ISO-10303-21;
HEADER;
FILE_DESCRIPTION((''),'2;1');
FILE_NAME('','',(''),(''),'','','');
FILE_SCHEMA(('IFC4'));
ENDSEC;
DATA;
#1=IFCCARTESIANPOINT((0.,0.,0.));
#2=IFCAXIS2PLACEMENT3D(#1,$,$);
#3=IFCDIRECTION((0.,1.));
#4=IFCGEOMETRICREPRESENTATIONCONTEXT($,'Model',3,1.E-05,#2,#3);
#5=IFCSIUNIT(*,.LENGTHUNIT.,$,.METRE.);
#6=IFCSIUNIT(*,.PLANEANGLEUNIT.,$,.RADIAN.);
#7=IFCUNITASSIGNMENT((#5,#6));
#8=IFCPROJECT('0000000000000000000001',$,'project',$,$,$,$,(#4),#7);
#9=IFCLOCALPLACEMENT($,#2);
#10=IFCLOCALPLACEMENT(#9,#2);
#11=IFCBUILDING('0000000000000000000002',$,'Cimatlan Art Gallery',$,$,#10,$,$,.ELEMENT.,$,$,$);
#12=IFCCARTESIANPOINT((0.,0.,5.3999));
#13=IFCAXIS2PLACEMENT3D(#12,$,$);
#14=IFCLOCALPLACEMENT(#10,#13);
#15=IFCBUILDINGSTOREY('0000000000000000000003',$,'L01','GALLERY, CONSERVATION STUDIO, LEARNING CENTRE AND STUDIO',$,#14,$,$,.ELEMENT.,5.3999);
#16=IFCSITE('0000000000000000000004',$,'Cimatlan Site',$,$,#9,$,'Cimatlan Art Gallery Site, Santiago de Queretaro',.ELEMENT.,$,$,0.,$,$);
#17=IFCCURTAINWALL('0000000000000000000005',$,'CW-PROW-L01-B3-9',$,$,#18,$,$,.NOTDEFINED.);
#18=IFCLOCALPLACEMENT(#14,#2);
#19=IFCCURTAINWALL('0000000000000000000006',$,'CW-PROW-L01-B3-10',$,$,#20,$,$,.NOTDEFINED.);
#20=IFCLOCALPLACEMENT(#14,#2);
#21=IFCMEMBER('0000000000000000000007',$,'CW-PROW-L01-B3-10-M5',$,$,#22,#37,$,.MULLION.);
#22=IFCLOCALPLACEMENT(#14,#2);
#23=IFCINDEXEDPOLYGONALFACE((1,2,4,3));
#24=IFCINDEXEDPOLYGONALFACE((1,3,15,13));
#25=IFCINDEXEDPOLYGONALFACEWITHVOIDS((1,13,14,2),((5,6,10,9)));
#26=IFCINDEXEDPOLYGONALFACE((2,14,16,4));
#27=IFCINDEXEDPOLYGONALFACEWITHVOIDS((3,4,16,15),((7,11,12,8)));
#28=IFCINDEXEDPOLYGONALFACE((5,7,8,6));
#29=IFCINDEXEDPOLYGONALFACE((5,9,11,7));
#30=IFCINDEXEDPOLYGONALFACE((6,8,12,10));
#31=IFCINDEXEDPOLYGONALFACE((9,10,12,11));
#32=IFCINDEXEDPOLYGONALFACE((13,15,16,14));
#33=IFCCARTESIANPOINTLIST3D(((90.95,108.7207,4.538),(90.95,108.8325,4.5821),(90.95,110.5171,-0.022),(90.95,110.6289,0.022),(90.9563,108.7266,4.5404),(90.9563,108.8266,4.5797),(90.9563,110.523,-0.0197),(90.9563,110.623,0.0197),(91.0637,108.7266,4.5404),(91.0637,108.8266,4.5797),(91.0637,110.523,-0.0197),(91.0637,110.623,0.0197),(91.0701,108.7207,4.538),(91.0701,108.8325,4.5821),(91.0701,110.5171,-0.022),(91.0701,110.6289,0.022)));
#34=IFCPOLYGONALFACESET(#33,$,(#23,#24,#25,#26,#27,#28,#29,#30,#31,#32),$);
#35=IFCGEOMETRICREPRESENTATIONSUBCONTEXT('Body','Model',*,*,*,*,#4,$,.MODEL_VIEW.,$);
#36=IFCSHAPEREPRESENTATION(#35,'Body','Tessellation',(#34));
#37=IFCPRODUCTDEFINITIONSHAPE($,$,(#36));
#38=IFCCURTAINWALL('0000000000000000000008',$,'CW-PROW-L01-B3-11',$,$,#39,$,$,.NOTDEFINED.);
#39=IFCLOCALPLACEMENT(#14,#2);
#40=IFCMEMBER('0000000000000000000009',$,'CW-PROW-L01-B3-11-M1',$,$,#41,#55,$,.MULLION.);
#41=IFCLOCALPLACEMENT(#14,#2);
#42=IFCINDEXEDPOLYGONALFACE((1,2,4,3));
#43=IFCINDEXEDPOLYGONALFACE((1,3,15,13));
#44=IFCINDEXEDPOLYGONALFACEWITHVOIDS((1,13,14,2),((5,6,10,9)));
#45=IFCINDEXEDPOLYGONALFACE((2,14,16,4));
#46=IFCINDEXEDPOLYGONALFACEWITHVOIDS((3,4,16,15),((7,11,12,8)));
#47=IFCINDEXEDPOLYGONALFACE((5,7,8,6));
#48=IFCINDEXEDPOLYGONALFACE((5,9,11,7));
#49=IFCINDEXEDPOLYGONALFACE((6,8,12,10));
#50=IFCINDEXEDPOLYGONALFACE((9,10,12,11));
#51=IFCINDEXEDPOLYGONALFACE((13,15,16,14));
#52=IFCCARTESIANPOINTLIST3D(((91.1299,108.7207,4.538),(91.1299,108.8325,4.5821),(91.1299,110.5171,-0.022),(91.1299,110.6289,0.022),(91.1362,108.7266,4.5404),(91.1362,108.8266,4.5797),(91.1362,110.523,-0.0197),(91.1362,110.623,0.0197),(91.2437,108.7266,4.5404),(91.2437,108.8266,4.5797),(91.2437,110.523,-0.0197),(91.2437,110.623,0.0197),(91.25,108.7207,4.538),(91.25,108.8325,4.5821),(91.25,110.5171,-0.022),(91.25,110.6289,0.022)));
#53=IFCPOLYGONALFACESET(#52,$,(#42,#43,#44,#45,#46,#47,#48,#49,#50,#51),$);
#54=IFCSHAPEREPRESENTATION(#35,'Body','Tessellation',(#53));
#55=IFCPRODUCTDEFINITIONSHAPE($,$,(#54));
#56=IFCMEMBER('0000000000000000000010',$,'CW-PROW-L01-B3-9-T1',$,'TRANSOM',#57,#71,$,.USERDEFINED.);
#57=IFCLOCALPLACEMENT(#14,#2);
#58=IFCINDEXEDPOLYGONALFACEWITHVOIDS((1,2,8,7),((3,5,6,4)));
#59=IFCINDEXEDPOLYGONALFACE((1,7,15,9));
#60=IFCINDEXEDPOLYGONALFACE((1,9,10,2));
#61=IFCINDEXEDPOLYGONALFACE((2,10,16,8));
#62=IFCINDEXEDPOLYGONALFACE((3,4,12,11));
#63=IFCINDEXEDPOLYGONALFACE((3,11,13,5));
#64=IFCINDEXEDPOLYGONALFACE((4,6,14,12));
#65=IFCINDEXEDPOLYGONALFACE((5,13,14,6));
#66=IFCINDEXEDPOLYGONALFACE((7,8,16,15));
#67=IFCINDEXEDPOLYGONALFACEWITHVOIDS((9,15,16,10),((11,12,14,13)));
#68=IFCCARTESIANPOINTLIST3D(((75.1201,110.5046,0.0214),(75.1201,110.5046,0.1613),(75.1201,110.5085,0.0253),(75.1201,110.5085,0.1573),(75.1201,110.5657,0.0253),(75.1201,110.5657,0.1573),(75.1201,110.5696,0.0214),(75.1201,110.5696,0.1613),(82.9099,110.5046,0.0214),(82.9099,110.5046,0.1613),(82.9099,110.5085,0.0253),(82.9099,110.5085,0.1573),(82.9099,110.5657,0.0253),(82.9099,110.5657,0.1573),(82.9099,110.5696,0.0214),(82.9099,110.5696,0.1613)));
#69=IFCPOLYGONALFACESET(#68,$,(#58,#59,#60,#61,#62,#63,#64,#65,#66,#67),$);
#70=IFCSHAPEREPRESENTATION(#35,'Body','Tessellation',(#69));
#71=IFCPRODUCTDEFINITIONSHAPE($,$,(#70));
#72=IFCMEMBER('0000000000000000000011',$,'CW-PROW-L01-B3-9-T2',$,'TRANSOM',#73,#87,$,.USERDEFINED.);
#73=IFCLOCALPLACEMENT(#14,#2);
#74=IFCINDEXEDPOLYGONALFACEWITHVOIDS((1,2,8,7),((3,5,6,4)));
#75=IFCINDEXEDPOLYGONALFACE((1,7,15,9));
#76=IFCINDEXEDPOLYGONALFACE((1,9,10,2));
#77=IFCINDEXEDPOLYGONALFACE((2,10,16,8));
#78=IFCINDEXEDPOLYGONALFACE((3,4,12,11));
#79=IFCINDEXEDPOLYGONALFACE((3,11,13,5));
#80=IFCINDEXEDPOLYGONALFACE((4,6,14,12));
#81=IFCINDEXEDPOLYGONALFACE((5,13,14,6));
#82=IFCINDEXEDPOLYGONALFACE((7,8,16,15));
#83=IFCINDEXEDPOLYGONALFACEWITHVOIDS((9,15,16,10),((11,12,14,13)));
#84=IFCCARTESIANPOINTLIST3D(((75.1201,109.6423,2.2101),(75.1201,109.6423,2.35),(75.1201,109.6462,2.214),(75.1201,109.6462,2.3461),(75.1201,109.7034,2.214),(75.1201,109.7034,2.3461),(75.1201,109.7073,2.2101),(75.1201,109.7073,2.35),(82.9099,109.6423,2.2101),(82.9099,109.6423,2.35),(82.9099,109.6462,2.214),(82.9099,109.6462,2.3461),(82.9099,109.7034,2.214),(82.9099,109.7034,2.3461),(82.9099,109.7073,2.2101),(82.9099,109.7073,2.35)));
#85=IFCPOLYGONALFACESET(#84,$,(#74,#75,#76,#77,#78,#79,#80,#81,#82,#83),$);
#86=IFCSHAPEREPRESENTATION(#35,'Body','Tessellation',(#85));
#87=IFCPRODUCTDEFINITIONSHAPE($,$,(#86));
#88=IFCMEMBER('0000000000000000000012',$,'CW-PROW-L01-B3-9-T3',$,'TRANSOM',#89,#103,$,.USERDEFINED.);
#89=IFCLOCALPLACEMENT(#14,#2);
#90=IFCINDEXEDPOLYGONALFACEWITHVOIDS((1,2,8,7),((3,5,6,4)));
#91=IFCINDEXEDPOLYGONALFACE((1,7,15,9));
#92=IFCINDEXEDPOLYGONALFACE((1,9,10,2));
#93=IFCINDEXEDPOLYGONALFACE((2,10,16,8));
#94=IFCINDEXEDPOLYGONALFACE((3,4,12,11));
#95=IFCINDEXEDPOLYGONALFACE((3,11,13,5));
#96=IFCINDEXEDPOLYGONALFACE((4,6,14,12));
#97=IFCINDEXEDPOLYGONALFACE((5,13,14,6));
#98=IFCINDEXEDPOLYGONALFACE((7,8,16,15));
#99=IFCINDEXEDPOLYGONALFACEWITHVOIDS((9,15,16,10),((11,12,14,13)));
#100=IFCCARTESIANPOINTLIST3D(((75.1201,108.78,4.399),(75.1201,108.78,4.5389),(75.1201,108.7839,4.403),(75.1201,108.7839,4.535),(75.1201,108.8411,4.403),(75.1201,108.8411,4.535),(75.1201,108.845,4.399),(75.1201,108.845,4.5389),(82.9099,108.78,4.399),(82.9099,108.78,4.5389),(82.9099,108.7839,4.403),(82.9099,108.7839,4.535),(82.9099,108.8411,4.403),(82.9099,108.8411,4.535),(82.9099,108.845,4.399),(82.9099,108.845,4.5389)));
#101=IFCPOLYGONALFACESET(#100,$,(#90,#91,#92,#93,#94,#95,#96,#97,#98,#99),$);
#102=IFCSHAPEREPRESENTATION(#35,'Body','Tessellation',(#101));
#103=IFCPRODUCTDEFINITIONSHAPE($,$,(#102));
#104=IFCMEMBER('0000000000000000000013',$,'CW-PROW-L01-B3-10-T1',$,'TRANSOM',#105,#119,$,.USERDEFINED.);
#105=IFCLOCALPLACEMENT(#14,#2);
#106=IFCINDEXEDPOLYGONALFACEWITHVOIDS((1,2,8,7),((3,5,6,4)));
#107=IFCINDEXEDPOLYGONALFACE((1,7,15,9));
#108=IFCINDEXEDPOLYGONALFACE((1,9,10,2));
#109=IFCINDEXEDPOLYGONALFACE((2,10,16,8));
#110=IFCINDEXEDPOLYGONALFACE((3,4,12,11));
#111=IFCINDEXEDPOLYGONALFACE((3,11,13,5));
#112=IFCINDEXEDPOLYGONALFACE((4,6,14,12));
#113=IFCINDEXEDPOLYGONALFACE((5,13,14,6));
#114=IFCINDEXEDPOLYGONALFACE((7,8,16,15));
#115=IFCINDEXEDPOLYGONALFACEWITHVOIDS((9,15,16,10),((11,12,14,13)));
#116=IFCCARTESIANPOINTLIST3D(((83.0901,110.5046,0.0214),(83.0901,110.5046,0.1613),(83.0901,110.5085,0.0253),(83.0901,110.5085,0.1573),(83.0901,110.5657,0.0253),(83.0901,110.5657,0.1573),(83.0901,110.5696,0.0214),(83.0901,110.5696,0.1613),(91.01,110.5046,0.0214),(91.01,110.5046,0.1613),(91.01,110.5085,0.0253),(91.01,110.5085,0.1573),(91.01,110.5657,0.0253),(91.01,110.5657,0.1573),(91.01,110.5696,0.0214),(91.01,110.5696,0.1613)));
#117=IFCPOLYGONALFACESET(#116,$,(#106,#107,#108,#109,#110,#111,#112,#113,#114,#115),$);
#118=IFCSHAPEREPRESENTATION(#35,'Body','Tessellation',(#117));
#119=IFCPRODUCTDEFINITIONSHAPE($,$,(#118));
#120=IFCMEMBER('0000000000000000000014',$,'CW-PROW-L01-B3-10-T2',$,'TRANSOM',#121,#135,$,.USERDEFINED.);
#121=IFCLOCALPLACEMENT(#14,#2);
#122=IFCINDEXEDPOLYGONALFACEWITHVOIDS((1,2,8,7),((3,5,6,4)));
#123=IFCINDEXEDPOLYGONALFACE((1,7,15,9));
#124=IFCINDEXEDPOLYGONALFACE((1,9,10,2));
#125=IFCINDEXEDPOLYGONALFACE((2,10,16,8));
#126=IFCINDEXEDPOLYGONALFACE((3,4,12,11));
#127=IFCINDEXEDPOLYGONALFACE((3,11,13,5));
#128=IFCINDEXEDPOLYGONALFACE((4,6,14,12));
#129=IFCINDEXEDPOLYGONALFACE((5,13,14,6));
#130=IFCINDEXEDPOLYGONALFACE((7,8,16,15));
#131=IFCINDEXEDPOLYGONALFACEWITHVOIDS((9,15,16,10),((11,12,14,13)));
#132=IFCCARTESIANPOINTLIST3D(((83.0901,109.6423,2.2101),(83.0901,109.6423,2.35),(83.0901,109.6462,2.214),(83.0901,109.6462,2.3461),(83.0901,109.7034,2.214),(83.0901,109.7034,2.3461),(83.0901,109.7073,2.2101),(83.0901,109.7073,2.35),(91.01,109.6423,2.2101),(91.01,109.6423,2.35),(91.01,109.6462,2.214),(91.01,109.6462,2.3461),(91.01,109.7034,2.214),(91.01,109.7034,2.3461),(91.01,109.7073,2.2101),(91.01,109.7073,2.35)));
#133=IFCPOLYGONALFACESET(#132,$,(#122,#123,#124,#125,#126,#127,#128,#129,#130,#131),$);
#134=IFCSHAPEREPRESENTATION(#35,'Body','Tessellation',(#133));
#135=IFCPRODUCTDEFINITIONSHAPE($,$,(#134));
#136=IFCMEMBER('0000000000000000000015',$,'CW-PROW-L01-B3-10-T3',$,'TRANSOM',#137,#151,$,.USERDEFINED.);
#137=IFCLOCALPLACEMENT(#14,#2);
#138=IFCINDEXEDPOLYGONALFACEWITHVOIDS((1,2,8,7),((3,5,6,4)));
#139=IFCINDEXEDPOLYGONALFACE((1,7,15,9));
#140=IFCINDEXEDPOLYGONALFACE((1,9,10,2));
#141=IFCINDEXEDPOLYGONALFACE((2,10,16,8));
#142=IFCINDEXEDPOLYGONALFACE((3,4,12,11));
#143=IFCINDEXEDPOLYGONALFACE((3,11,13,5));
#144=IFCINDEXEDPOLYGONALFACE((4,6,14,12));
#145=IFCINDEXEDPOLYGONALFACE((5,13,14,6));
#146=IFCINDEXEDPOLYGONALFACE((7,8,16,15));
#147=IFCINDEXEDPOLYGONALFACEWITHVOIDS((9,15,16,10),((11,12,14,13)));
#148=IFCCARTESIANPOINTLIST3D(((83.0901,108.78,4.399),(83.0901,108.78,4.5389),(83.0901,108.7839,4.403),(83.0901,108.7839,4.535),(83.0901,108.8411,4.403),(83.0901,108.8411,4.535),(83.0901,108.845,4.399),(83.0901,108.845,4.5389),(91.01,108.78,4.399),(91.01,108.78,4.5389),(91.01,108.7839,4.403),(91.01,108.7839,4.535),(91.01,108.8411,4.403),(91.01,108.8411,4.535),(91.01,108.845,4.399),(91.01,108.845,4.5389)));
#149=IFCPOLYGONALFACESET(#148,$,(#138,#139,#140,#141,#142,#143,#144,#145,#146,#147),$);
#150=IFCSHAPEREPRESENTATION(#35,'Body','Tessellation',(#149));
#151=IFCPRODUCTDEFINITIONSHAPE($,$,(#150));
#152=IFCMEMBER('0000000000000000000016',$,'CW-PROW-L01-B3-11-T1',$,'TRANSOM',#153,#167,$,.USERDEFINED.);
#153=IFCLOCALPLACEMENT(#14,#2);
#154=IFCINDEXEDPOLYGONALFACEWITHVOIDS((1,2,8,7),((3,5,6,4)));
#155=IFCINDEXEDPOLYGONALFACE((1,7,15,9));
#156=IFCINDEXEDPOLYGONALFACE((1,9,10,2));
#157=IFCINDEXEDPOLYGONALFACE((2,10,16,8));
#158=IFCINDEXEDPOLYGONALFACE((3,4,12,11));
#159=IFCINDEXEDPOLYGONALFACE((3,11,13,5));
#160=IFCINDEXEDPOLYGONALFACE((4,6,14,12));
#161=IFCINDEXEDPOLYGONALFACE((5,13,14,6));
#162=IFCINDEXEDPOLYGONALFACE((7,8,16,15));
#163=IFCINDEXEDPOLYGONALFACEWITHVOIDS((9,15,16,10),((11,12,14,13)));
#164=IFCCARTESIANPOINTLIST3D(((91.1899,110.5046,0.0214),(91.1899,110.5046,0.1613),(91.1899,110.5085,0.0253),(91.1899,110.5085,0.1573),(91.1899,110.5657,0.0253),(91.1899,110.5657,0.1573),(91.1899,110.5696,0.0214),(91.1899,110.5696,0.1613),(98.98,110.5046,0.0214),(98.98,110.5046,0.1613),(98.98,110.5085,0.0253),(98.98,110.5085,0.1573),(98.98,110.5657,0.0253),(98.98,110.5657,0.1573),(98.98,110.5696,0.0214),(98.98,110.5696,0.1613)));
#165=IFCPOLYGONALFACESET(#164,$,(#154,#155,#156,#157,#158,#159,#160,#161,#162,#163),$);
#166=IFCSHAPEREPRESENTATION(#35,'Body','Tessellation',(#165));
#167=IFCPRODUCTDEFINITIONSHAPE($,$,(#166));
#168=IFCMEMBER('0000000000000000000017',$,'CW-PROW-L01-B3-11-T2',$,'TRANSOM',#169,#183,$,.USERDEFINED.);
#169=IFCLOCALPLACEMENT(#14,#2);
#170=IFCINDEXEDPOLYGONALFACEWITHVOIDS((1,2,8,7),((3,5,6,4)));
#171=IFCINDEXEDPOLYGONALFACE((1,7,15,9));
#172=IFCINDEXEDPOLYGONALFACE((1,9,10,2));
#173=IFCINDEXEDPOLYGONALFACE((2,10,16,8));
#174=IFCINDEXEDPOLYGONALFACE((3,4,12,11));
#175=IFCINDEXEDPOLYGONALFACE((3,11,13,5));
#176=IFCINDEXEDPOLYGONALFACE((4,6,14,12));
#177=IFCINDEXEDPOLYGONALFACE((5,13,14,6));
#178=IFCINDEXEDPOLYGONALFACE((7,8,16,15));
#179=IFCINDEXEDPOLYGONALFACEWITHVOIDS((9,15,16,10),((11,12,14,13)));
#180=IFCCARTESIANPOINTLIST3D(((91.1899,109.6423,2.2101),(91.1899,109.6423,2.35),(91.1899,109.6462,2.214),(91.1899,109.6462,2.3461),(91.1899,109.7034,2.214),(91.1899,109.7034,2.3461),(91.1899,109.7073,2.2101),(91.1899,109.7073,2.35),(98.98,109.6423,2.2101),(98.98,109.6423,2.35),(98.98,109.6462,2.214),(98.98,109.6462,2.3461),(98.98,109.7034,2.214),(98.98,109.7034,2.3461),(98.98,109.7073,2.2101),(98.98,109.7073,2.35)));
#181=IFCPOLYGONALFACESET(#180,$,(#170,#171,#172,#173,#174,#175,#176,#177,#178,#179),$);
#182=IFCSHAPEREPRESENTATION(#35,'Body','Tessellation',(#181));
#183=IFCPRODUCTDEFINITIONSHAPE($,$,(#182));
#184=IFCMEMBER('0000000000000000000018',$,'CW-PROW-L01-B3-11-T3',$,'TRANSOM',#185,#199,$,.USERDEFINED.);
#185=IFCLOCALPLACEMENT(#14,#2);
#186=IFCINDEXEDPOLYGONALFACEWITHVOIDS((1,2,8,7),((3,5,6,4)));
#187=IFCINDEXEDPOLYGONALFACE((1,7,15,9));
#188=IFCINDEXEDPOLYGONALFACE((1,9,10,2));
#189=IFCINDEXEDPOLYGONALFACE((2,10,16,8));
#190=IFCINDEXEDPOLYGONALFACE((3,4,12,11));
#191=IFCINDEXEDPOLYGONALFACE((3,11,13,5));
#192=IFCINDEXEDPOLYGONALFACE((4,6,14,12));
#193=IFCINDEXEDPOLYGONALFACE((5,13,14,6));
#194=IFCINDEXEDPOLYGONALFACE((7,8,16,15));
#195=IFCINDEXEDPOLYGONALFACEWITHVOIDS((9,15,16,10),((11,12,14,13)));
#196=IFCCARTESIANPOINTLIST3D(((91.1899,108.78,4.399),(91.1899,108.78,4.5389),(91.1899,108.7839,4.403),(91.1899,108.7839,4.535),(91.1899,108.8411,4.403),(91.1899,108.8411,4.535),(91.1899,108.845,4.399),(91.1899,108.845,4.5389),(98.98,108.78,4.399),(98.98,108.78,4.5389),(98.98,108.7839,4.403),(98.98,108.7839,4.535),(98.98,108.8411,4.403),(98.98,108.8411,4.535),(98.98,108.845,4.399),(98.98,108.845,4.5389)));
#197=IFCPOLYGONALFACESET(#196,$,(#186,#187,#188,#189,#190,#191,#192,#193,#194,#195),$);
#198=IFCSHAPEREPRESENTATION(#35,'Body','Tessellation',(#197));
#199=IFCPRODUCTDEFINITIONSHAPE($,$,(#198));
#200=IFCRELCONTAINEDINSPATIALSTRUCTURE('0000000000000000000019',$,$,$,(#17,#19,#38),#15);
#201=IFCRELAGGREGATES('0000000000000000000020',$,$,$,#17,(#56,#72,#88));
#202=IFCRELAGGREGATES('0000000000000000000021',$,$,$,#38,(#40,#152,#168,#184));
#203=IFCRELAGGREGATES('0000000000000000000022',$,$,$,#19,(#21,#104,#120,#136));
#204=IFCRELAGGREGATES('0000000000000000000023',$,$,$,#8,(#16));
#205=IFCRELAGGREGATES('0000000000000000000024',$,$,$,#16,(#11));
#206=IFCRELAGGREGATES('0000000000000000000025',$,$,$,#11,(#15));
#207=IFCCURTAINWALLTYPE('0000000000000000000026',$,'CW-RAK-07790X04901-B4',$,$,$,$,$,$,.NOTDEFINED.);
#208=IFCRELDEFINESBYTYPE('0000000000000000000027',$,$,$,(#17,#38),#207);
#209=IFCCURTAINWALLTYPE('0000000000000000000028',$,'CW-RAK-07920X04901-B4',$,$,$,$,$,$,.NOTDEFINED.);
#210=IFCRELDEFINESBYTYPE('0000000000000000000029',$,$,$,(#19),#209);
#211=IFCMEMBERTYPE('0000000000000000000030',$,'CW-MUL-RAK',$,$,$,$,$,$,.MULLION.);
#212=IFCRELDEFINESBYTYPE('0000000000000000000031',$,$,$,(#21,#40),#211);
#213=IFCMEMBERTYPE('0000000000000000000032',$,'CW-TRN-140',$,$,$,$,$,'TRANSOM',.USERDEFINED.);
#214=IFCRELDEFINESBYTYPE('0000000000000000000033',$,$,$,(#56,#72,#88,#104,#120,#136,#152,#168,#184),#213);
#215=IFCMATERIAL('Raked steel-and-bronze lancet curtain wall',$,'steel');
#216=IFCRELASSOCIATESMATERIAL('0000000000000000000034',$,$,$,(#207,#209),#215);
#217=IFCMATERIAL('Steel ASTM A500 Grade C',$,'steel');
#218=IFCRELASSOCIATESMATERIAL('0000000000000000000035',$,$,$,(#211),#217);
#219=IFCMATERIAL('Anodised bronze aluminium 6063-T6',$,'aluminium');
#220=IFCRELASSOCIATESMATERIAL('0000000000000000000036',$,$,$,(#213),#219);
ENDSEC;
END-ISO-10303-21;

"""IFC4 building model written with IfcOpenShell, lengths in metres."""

from ifc_helpers import new_model, si_unit, direction, frame, origin, origin_2d, place, context, subcontext, project, spatial, hollow_rectangle, extrude, material, material_profile, profile_set, type_object, element, aggregate, save


model = new_model("IFC4")

# Units and contexts
model_context = context("Model", 3, precision=1e-05, world=origin(), true_north=direction((0.0, 1.0)))
body_context = subcontext(model_context, "Body", "Model", "MODEL_VIEW")
ifc_project = project(units=[si_unit("LENGTHUNIT", "METRE"), si_unit("PLANEANGLEUNIT", "RADIAN")], contexts=[model_context])

# Site, building, storey
site_placement = place(None, origin())
site = spatial("IfcSite", under=ifc_project, at=site_placement, Name="Cimatlan Site", LongName="Cimatlan Art Gallery Site, Santiago de Queretaro", CompositionType="ELEMENT", RefElevation=0.0)
building_placement = place(site_placement, origin())
building = spatial("IfcBuilding", under=site, at=building_placement, Name="Cimatlan Art Gallery", CompositionType="ELEMENT")
storey_placement = place(building_placement, frame((0.0, 0.0, 5.3999)))
storey = spatial("IfcBuildingStorey", under=building, at=storey_placement, Name="L01", Description="GALLERY, CONSERVATION STUDIO, LEARNING CENTRE AND STUDIO", CompositionType="ELEMENT", Elevation=5.3999)

# Curtain walls, member
ifc_material_1 = material(Name="Raked steel-and-bronze lancet curtain wall", Category="steel")
curtain_wall_type_1 = type_object("IfcCurtainWallType", Name="CW-RAK-07790X04901-B4", PredefinedType="NOTDEFINED", material=ifc_material_1)
curtain_wall_1_placement = place(storey_placement, origin())
curtain_wall_1 = element("IfcCurtainWall", 1, at=curtain_wall_1_placement, inside=storey, type_object=curtain_wall_type_1, Name="CW-PROW-L01-B3-9", PredefinedType="NOTDEFINED")
ifc_material_2 = material(Name="Steel ASTM A500 Grade C", Category="steel")
ifc_material_profile_1 = material_profile(ifc_material_2, hollow_rectangle(XDim=0.1201, YDim=0.1201, WallThickness=0.0063, at=origin_2d()), Name="HSS120X120X6")
ifc_profile_set_1 = profile_set([ifc_material_profile_1], Name="Steel ASTM A500 Grade C")
member_type_1 = type_object("IfcMemberType", Name="CW-MUL-RAK", PredefinedType="MULLION", material=ifc_profile_set_1)
curtain_wall_type_2 = type_object("IfcCurtainWallType", Name="CW-RAK-07920X04901-B4", PredefinedType="NOTDEFINED", material=ifc_material_1)
curtain_wall_2_placement = place(storey_placement, origin())
curtain_wall_2 = element("IfcCurtainWall", 2, at=curtain_wall_2_placement, inside=storey, type_object=curtain_wall_type_2, Name="CW-PROW-L01-B3-10", PredefinedType="NOTDEFINED")
member_1_placement = place(storey_placement, frame((91.01, 110.573, 0.0), z_axis=(0.0, -0.366525, 0.930408), x_axis=(1.0, 0.0, 0.0)))
member_1 = element("IfcMember", 3, at=member_1_placement, type_object=member_type_1, Name="CW-PROW-L01-B3-10-M5", PredefinedType="MULLION", context=body_context, shape_type="SweptSolid", body=[
    extrude(hollow_rectangle(XDim=0.1201, YDim=0.1201, WallThickness=0.0063, at=origin_2d()), origin(), (0.0, 0.0, 1.0), 4.9011),
])

# Curtain wall, member
curtain_wall_3_placement = place(storey_placement, origin())
curtain_wall_3 = element("IfcCurtainWall", 4, at=curtain_wall_3_placement, inside=storey, type_object=curtain_wall_type_1, Name="CW-PROW-L01-B3-11", PredefinedType="NOTDEFINED")
member_2_placement = place(storey_placement, frame((91.1899, 110.573, 0.0), z_axis=(0.0, -0.366525, 0.930408), x_axis=(1.0, 0.0, 0.0)))
member_2 = element("IfcMember", 5, at=member_2_placement, type_object=member_type_1, Name="CW-PROW-L01-B3-11-M1", PredefinedType="MULLION", context=body_context, shape_type="SweptSolid", body=[
    extrude(hollow_rectangle(XDim=0.1201, YDim=0.1201, WallThickness=0.0063, at=origin_2d()), origin(), (0.0, 0.0, 1.0), 4.9011),
])

# Members
ifc_material_3 = material(Name="Anodised bronze aluminium 6063-T6", Category="aluminium")
ifc_material_profile_2 = material_profile(ifc_material_3, hollow_rectangle(XDim=0.0649, YDim=0.1399, WallThickness=0.0039, at=origin_2d()), Name="ALU65X140X4")
ifc_profile_set_2 = profile_set([ifc_material_profile_2], Name="Anodised bronze aluminium 6063-T6")
member_type_2 = type_object("IfcMemberType", Name="CW-TRN-140", ElementType="TRANSOM", PredefinedType="USERDEFINED", material=ifc_profile_set_2)
member_3_placement = place(storey_placement, frame((75.1201, 110.5371, 0.0913), z_axis=(1.0, 0.0, 0.0), x_axis=(0.0, 1.0, 0.0)))
member_3 = element("IfcMember", 6, at=member_3_placement, type_object=member_type_2, Name="CW-PROW-L01-B3-9-T1", ObjectType="TRANSOM", PredefinedType="USERDEFINED", context=body_context, shape_type="SweptSolid", body=[
    extrude(hollow_rectangle(XDim=0.0649, YDim=0.1399, WallThickness=0.0039, at=origin_2d()), origin(), (0.0, 0.0, 1.0), 7.7898),
])
member_4_placement = place(storey_placement, frame((75.1201, 109.6748, 2.28), z_axis=(1.0, 0.0, 0.0), x_axis=(0.0, 1.0, 0.0)))
member_4 = element("IfcMember", 7, at=member_4_placement, type_object=member_type_2, Name="CW-PROW-L01-B3-9-T2", ObjectType="TRANSOM", PredefinedType="USERDEFINED", context=body_context, shape_type="SweptSolid", body=[
    extrude(hollow_rectangle(XDim=0.0649, YDim=0.1399, WallThickness=0.0039, at=origin_2d()), origin(), (0.0, 0.0, 1.0), 7.7898),
])
member_5_placement = place(storey_placement, frame((75.1201, 108.8125, 4.469), z_axis=(1.0, 0.0, 0.0), x_axis=(0.0, 1.0, 0.0)))
member_5 = element("IfcMember", 8, at=member_5_placement, type_object=member_type_2, Name="CW-PROW-L01-B3-9-T3", ObjectType="TRANSOM", PredefinedType="USERDEFINED", context=body_context, shape_type="SweptSolid", body=[
    extrude(hollow_rectangle(XDim=0.0649, YDim=0.1399, WallThickness=0.0039, at=origin_2d()), origin(), (0.0, 0.0, 1.0), 7.7898),
])
member_6_placement = place(storey_placement, frame((83.0901, 110.5371, 0.0913), z_axis=(1.0, 0.0, 0.0), x_axis=(0.0, 1.0, 0.0)))
member_6 = element("IfcMember", 9, at=member_6_placement, type_object=member_type_2, Name="CW-PROW-L01-B3-10-T1", ObjectType="TRANSOM", PredefinedType="USERDEFINED", context=body_context, shape_type="SweptSolid", body=[
    extrude(hollow_rectangle(XDim=0.0649, YDim=0.1399, WallThickness=0.0039, at=origin_2d()), origin(), (0.0, 0.0, 1.0), 7.9199),
])
member_7_placement = place(storey_placement, frame((83.0901, 109.6748, 2.28), z_axis=(1.0, 0.0, 0.0), x_axis=(0.0, 1.0, 0.0)))
member_7 = element("IfcMember", 10, at=member_7_placement, type_object=member_type_2, Name="CW-PROW-L01-B3-10-T2", ObjectType="TRANSOM", PredefinedType="USERDEFINED", context=body_context, shape_type="SweptSolid", body=[
    extrude(hollow_rectangle(XDim=0.0649, YDim=0.1399, WallThickness=0.0039, at=origin_2d()), origin(), (0.0, 0.0, 1.0), 7.9199),
])
member_8_placement = place(storey_placement, frame((83.0901, 108.8125, 4.469), z_axis=(1.0, 0.0, 0.0), x_axis=(0.0, 1.0, 0.0)))
member_8 = element("IfcMember", 11, at=member_8_placement, type_object=member_type_2, Name="CW-PROW-L01-B3-10-T3", ObjectType="TRANSOM", PredefinedType="USERDEFINED", context=body_context, shape_type="SweptSolid", body=[
    extrude(hollow_rectangle(XDim=0.0649, YDim=0.1399, WallThickness=0.0039, at=origin_2d()), origin(), (0.0, 0.0, 1.0), 7.9199),
])
member_9_placement = place(storey_placement, frame((91.1899, 110.5371, 0.0913), z_axis=(1.0, 0.0, 0.0), x_axis=(0.0, 1.0, 0.0)))
member_9 = element("IfcMember", 12, at=member_9_placement, type_object=member_type_2, Name="CW-PROW-L01-B3-11-T1", ObjectType="TRANSOM", PredefinedType="USERDEFINED", context=body_context, shape_type="SweptSolid", body=[
    extrude(hollow_rectangle(XDim=0.0649, YDim=0.1399, WallThickness=0.0039, at=origin_2d()), origin(), (0.0, 0.0, 1.0), 7.79),
])
member_10_placement = place(storey_placement, frame((91.1899, 109.6748, 2.28), z_axis=(1.0, 0.0, 0.0), x_axis=(0.0, 1.0, 0.0)))
member_10 = element("IfcMember", 13, at=member_10_placement, type_object=member_type_2, Name="CW-PROW-L01-B3-11-T2", ObjectType="TRANSOM", PredefinedType="USERDEFINED", context=body_context, shape_type="SweptSolid", body=[
    extrude(hollow_rectangle(XDim=0.0649, YDim=0.1399, WallThickness=0.0039, at=origin_2d()), origin(), (0.0, 0.0, 1.0), 7.79),
])
member_11_placement = place(storey_placement, frame((91.1899, 108.8125, 4.469), z_axis=(1.0, 0.0, 0.0), x_axis=(0.0, 1.0, 0.0)))
member_11 = element("IfcMember", 14, at=member_11_placement, type_object=member_type_2, Name="CW-PROW-L01-B3-11-T3", ObjectType="TRANSOM", PredefinedType="USERDEFINED", context=body_context, shape_type="SweptSolid", body=[
    extrude(hollow_rectangle(XDim=0.0649, YDim=0.1399, WallThickness=0.0039, at=origin_2d()), origin(), (0.0, 0.0, 1.0), 7.79),
])

aggregate(curtain_wall_1, [member_3, member_4, member_5])
aggregate(curtain_wall_3, [member_2, member_9, member_10, member_11])
aggregate(curtain_wall_2, [member_1, member_6, member_7, member_8])

save(model, "model.ifc")
